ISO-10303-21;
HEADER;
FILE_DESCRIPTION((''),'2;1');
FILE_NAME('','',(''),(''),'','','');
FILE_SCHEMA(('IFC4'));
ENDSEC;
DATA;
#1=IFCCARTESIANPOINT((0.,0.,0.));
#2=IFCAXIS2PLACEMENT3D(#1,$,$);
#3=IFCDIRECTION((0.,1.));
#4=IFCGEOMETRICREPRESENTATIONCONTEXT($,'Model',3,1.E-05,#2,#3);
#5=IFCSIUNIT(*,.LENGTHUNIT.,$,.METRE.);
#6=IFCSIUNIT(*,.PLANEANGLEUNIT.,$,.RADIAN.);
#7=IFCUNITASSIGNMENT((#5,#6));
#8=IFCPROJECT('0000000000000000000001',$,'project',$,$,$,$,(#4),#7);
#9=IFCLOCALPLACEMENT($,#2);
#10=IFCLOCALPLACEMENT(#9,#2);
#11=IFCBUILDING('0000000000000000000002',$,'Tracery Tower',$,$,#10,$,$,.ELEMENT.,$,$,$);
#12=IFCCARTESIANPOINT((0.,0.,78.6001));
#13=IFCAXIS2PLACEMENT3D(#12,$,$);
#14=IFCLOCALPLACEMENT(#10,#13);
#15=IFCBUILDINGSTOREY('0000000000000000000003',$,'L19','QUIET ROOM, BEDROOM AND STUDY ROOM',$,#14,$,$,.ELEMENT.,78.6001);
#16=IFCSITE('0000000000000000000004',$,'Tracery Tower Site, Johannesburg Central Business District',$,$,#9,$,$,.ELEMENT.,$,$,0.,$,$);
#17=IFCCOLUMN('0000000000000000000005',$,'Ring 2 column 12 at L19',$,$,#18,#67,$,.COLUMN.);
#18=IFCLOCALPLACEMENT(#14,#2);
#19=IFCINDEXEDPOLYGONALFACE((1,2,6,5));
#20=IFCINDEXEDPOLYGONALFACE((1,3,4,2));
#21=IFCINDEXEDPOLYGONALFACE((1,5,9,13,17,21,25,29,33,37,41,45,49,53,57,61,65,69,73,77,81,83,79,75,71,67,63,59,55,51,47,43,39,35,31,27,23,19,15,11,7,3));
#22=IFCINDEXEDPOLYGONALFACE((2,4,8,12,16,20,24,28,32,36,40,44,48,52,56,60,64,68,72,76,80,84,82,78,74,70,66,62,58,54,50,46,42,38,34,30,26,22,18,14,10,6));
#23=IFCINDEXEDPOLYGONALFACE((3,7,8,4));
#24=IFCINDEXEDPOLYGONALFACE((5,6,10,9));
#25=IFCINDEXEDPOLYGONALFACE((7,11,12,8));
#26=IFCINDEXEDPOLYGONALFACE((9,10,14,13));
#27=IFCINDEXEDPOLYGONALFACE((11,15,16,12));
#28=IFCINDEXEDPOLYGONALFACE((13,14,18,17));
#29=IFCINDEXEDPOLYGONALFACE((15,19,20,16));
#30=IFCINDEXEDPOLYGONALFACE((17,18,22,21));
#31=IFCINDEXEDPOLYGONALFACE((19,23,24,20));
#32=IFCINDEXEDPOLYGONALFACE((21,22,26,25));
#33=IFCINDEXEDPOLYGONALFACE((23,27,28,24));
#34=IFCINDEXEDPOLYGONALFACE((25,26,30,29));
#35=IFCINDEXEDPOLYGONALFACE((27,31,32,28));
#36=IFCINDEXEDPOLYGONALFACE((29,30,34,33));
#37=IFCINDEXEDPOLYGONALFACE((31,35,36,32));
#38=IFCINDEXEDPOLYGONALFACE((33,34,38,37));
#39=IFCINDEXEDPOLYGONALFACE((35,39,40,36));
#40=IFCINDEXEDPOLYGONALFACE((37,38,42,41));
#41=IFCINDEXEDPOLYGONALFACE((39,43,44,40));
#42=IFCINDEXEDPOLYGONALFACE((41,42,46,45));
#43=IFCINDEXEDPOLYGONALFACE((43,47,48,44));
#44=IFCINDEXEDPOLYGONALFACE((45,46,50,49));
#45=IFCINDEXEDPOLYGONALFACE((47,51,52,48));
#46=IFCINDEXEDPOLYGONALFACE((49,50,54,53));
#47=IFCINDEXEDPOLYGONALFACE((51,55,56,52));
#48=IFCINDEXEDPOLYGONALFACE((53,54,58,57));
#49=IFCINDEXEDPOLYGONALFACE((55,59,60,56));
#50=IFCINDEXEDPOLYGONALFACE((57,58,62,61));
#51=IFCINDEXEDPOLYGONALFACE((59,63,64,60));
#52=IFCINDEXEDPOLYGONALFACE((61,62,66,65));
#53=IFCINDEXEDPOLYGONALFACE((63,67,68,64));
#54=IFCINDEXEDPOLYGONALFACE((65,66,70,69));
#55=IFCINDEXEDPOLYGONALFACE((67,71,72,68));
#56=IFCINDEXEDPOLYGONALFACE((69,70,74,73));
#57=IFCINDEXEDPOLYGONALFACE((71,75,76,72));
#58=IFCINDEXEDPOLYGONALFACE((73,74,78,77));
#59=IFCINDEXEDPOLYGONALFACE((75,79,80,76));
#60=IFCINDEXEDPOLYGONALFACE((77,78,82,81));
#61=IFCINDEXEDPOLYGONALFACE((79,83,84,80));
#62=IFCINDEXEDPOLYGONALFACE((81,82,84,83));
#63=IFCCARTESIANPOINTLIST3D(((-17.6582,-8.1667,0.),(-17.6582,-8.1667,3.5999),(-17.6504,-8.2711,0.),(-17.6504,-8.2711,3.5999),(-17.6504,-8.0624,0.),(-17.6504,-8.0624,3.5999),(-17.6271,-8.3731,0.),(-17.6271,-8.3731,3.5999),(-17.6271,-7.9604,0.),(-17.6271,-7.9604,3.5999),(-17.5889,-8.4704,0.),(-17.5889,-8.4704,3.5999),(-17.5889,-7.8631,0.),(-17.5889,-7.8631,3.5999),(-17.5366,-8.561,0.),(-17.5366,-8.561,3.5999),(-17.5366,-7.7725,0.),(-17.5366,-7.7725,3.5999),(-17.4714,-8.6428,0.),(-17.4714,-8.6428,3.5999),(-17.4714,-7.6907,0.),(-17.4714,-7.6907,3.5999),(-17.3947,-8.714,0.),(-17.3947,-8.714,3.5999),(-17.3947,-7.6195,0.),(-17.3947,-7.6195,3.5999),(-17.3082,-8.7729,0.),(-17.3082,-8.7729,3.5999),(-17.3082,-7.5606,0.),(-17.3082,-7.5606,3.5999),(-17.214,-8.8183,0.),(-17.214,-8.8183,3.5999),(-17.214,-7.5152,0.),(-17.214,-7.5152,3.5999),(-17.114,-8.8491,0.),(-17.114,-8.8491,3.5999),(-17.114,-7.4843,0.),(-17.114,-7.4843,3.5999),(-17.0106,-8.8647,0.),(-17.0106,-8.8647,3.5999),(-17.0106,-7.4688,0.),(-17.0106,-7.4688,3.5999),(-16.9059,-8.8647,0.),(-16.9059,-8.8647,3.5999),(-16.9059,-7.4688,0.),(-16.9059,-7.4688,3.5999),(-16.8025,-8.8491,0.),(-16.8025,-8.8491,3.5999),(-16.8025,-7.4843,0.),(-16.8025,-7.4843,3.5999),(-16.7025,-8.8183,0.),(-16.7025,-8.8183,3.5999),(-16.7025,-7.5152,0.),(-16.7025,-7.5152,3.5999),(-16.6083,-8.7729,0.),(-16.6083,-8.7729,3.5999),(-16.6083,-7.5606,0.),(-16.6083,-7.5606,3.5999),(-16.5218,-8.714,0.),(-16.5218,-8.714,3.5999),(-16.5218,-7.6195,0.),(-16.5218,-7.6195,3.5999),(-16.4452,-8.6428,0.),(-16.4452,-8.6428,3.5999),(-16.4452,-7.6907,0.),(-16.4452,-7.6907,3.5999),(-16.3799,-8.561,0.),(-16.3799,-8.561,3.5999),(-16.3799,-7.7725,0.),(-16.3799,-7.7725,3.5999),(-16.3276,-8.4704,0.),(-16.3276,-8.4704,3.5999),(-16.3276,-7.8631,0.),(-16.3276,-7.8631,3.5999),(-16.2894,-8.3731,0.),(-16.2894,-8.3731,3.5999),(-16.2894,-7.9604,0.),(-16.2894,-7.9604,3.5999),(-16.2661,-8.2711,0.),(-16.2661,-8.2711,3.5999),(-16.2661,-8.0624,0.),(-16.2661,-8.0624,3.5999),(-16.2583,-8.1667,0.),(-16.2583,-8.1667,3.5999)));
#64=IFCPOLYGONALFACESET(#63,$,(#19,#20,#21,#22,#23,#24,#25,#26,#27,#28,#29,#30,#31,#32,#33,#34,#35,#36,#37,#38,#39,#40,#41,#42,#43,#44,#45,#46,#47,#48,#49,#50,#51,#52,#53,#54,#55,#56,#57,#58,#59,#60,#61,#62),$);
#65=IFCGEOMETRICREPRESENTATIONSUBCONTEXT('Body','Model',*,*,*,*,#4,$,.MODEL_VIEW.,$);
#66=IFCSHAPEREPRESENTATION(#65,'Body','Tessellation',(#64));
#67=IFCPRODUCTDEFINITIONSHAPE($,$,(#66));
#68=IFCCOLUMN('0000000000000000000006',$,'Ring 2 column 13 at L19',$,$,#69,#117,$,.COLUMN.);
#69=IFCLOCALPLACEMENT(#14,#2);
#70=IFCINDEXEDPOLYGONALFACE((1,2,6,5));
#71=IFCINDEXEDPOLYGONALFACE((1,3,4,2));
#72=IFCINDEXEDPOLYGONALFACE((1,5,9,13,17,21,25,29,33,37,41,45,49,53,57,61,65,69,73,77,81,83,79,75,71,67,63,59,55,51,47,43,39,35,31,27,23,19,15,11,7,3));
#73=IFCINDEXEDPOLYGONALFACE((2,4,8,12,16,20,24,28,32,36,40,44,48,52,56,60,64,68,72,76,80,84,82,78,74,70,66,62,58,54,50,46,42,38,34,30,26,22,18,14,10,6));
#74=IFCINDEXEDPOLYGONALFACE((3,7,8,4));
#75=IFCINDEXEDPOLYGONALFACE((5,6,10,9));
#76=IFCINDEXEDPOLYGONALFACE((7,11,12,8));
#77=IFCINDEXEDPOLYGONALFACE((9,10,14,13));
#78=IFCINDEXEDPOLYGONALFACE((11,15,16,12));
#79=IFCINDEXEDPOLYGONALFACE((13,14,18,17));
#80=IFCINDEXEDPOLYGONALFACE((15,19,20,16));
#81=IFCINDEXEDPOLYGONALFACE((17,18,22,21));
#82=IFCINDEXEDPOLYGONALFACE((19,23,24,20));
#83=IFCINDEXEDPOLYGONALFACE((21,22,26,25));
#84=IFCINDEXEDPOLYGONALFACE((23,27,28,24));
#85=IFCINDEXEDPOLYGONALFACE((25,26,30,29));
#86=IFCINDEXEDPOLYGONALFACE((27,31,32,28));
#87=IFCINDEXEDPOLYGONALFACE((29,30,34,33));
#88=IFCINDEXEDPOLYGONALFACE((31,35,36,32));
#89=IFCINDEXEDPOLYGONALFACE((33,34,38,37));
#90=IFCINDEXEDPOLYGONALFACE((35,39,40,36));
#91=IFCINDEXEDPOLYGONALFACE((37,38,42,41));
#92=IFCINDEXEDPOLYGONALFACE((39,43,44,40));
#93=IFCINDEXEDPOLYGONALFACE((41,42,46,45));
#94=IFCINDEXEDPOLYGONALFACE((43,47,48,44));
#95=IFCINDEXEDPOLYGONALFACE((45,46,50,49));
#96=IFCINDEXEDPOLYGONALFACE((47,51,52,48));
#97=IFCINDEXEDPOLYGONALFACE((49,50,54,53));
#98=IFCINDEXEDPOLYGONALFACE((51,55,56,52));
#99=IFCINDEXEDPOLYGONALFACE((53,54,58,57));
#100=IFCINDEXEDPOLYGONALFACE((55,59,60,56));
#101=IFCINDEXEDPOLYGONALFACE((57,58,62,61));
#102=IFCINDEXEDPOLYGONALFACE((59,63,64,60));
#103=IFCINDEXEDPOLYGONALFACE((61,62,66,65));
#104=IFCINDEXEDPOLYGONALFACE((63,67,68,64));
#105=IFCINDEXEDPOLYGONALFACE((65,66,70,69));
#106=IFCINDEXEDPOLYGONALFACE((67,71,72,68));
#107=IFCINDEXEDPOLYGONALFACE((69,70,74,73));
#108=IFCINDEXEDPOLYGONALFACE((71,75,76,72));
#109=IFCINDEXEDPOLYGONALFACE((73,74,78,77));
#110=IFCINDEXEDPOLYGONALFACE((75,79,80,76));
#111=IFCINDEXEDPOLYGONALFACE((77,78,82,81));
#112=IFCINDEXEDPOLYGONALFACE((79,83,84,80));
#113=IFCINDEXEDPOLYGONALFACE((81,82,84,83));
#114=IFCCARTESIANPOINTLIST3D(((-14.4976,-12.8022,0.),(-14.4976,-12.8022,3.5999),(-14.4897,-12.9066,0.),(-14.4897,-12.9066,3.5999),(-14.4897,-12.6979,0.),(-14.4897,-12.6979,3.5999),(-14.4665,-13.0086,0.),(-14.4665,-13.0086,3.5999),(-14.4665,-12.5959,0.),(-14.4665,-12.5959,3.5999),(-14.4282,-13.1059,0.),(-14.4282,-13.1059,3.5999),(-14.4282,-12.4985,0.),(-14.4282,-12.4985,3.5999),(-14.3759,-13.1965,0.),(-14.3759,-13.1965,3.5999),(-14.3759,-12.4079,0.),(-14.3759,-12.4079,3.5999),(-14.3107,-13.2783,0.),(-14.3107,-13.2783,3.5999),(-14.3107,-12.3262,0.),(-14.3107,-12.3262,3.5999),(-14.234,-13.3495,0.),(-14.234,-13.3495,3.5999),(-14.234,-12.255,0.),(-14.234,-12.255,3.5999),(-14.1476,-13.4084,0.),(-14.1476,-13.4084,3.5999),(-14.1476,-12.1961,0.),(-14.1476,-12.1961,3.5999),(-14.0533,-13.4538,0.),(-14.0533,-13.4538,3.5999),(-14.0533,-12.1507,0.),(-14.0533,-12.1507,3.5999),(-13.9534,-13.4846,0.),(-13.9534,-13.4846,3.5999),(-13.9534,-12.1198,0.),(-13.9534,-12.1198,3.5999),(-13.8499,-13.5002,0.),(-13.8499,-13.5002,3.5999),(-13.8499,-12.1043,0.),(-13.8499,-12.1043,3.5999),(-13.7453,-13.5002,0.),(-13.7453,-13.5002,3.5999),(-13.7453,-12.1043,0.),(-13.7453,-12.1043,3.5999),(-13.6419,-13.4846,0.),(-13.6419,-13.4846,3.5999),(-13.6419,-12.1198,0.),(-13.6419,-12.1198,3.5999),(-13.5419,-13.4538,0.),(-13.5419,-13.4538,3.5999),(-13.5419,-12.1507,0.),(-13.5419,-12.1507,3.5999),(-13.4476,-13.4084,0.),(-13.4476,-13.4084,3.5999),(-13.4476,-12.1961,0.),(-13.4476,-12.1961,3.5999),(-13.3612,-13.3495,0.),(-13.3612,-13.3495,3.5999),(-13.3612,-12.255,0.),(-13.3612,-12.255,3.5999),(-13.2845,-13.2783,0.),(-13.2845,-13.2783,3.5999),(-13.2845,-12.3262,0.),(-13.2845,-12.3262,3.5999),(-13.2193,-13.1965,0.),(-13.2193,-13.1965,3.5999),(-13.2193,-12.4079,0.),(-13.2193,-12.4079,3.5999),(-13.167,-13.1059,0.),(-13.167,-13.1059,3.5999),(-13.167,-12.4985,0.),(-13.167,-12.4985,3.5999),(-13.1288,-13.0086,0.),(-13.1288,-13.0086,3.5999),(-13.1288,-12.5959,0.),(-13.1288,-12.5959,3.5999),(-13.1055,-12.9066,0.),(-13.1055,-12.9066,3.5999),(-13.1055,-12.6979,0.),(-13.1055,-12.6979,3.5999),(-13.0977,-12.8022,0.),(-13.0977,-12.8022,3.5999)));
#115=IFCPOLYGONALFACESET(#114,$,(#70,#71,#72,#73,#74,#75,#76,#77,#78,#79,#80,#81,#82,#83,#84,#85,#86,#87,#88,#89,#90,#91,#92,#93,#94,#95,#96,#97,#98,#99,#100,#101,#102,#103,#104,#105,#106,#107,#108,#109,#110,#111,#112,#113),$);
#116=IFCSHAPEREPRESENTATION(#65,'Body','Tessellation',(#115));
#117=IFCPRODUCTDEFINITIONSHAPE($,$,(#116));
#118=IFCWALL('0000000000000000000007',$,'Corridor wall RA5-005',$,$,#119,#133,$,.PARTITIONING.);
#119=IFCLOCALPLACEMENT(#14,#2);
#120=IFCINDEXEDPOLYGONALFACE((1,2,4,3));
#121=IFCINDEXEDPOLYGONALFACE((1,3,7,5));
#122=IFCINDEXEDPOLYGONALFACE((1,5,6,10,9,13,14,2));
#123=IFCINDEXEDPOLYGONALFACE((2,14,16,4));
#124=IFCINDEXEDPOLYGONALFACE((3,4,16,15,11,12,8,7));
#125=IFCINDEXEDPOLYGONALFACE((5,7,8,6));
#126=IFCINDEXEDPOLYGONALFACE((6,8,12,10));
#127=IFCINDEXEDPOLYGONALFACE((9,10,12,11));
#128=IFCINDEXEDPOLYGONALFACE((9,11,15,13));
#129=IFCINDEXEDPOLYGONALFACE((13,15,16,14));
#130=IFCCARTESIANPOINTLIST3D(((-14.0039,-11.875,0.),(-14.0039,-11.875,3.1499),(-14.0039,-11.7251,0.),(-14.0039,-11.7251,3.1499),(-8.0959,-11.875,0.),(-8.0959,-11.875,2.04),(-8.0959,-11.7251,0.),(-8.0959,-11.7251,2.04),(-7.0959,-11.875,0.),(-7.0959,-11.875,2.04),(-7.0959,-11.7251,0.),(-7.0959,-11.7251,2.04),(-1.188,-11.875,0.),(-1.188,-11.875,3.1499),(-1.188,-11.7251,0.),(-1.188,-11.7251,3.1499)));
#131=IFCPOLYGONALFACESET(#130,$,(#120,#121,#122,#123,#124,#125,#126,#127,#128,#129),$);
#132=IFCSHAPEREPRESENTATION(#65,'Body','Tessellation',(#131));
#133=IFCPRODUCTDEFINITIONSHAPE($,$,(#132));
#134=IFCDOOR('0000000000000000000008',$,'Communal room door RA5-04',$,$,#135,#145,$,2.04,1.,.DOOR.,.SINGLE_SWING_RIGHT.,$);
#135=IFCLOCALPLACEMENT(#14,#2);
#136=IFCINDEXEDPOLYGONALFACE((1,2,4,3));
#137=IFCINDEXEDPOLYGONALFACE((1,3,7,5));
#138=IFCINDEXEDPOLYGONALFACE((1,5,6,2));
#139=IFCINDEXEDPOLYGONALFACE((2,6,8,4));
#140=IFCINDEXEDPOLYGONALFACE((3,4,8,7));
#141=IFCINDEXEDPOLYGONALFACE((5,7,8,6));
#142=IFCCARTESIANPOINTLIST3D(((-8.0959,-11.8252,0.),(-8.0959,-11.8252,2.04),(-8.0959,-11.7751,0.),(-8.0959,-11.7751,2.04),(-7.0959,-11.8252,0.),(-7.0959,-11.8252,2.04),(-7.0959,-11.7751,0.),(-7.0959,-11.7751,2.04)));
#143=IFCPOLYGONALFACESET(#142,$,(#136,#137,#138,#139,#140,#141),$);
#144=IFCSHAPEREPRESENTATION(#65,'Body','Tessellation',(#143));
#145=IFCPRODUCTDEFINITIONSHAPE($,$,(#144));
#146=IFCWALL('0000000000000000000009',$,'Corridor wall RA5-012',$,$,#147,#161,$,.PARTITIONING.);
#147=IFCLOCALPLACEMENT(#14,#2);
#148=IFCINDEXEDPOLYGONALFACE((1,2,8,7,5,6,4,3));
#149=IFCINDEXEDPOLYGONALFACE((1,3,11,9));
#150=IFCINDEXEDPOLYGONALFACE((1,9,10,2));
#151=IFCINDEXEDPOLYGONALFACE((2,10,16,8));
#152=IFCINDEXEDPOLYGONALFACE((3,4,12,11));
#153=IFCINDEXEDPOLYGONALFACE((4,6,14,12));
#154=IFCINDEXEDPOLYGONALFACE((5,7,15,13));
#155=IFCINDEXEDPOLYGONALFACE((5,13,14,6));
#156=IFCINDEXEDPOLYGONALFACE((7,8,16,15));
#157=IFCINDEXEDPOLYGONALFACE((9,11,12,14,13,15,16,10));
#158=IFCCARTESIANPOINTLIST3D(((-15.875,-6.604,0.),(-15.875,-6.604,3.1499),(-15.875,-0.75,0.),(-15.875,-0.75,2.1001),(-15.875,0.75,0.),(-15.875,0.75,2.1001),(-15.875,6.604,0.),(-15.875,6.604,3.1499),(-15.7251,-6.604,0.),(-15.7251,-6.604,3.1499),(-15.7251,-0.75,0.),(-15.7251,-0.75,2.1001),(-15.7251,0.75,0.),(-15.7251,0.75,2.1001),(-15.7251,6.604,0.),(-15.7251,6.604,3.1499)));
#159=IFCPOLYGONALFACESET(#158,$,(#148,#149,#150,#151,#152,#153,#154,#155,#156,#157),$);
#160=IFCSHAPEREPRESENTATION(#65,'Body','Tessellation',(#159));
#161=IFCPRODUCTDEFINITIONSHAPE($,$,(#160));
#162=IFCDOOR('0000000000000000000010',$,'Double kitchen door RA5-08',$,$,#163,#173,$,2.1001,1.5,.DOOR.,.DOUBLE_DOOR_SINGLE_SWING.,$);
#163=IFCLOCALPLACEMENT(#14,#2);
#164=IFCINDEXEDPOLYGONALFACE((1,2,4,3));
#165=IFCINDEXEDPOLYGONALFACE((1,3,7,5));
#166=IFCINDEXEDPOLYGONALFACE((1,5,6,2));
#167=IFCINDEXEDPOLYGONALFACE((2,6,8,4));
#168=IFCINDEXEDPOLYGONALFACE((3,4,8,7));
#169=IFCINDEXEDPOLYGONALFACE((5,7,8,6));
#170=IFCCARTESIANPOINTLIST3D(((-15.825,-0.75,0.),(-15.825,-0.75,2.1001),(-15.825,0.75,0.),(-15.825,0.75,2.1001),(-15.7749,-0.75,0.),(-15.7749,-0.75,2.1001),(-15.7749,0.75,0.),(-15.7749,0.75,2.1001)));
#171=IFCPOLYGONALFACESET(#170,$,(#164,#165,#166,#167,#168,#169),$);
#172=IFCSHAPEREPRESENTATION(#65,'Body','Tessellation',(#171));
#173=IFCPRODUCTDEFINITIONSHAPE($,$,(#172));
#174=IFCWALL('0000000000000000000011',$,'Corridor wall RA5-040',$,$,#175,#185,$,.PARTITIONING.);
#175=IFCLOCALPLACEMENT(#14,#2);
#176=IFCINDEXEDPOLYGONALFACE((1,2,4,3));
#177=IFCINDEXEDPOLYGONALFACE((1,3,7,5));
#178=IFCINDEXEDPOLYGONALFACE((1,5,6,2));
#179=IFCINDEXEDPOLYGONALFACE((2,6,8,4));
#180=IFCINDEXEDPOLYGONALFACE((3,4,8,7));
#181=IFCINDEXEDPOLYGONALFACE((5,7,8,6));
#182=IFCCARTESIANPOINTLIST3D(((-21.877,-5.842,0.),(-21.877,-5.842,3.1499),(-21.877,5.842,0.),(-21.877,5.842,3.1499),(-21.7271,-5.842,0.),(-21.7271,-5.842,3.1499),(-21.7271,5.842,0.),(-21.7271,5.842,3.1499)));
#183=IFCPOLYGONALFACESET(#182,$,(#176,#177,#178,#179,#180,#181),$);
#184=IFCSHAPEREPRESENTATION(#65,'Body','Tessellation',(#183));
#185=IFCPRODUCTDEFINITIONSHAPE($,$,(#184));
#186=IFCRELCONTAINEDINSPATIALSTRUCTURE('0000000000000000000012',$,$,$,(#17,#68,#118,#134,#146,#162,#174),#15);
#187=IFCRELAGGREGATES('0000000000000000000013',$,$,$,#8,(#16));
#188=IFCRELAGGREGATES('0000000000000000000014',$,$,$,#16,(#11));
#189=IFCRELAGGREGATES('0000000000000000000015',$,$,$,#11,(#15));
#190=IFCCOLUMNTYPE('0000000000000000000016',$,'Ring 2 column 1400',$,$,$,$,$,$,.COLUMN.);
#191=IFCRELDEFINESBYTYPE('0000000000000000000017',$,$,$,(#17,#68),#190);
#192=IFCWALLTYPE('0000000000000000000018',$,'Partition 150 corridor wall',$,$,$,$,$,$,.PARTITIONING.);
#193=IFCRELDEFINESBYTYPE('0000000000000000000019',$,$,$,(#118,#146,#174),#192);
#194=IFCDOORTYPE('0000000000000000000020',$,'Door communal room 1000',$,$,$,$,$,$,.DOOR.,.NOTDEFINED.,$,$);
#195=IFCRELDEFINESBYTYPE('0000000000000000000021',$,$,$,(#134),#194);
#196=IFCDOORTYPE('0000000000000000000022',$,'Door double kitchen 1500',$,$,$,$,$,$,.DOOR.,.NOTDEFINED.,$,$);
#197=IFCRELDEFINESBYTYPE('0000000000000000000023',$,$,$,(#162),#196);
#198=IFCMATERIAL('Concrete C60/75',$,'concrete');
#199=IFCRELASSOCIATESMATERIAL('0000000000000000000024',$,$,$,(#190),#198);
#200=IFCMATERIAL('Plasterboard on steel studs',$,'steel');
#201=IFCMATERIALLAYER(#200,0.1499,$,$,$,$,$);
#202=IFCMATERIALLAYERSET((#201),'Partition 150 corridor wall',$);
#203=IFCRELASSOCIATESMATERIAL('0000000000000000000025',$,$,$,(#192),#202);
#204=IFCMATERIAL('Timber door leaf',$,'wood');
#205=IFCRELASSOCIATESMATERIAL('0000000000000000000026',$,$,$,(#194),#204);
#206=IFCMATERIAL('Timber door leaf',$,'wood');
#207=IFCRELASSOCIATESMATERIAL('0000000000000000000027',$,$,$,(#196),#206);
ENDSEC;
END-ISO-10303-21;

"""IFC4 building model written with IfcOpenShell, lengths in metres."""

from ifc_helpers import new_model, si_unit, direction, frame, frame_2d, origin, origin_2d, place, context, subcontext, project, spatial, rectangle, circle, extrude, material, layer, layer_set, material_profile, profile_set, type_object, element, fill, save


model = new_model("IFC4")

# Units and contexts
model_context = context("Model", 3, precision=1e-05, world=origin(), true_north=direction((0.0, 1.0)))
body_context = subcontext(model_context, "Body", "Model", "MODEL_VIEW")
ifc_project = project(units=[si_unit("LENGTHUNIT", "METRE"), si_unit("PLANEANGLEUNIT", "RADIAN")], contexts=[model_context])

# Site, building, storey
site_placement = place(None, origin())
site = spatial("IfcSite", under=ifc_project, at=site_placement, Name="Tracery Tower Site, Johannesburg Central Business District", CompositionType="ELEMENT", RefElevation=0.0)
building_placement = place(site_placement, origin())
building = spatial("IfcBuilding", under=site, at=building_placement, Name="Tracery Tower", CompositionType="ELEMENT")
storey_placement = place(building_placement, frame((0.0, 0.0, 78.6001)))
storey = spatial("IfcBuildingStorey", under=building, at=storey_placement, Name="L19", Description="QUIET ROOM, BEDROOM AND STUDY ROOM", CompositionType="ELEMENT", Elevation=78.6001)

# Columns
ifc_material_1 = material(Name="Concrete C60/75", Category="concrete")
ifc_material_profile_1 = material_profile(ifc_material_1, circle(Radius=0.7, at=origin_2d()), Name="RC D1400")
ifc_profile_set_1 = profile_set([ifc_material_profile_1], Name="Concrete C60/75")
column_type_1 = type_object("IfcColumnType", Name="Ring 2 column 1400", PredefinedType="COLUMN", material=ifc_profile_set_1)
for number, where, z_axis, x_axis, name in (
    (1, (-16.9583, -8.1667, 0.0), (0.0, 0.0, 1.0), (1.0, 0.0, 0.0), "Ring 2 column 12 at L19"),
    (2, (-13.7976, -12.8022, 0.0), (0.0, 0.0, 1.0), (1.0, 0.0, 0.0), "Ring 2 column 13 at L19"),
):
    element("IfcColumn", number, at=place(storey_placement, frame(where, z_axis=z_axis, x_axis=x_axis)), inside=storey, type_object=column_type_1, Name=name, PredefinedType="COLUMN", context=body_context, shape_type="SweptSolid", body=[
        extrude(circle(Radius=0.7, at=origin_2d()), origin(), (0.0, 0.0, 1.0), 3.5999),
    ])

# Walls, openings, doors
ifc_material_2 = material(Name="Plasterboard on steel studs", Category="steel")
ifc_layer_1 = layer(ifc_material_2, 0.1499)
ifc_layer_set_1 = layer_set([ifc_layer_1], Name="Partition 150 corridor wall")
wall_type_1 = type_object("IfcWallType", Name="Partition 150 corridor wall", PredefinedType="PARTITIONING", material=ifc_layer_set_1)
wall_1_placement = place(storey_placement, frame((-14.0039, -11.8, 0.0), z_axis=(0.0, 0.0, 1.0), x_axis=(1.0, 0.0, 0.0)))
wall_1 = element("IfcWall", 3, at=wall_1_placement, inside=storey, type_object=wall_type_1, Name="Corridor wall RA5-005", PredefinedType="PARTITIONING", context=body_context, shape_type="SweptSolid", body=[
    extrude(rectangle(XDim=12.8159, YDim=0.1499, at=frame_2d((6.408, 0.0))), origin(), (0.0, 0.0, 1.0), 3.1499),
])
opening_1_placement = place(wall_1_placement, frame((5.908, 0.0, 0.0)))
opening_1 = element("IfcOpeningElement", 4, at=opening_1_placement, cuts=wall_1, PredefinedType="OPENING", context=body_context, shape_type="SweptSolid", body=[
    extrude(rectangle(XDim=1.0, YDim=2.04, at=frame_2d((0.5, 1.02))), frame((0.0, 0.075, 0.0), z_axis=(0.0, -1.0, 0.0), x_axis=(1.0, 0.0, 0.0)), (0.0, 0.0, 1.0), 0.1499),
])
ifc_material_3 = material(Name="Timber door leaf", Category="wood")
door_type_1 = type_object("IfcDoorType", Name="Door communal room 1000", OperationType="NOTDEFINED", PredefinedType="DOOR", material=ifc_material_3)
door_1_placement = place(opening_1_placement, origin())
door_1 = element("IfcDoor", 5, at=door_1_placement, inside=storey, type_object=door_type_1, Name="Communal room door RA5-04", OperationType="SINGLE_SWING_RIGHT", OverallHeight=2.04, OverallWidth=1.0, PredefinedType="DOOR", context=body_context, shape_type="SweptSolid", body=[
    extrude(rectangle(XDim=1.0, YDim=2.04, at=frame_2d((0.5, 1.02))), frame((0.0, 0.0249, 0.0), z_axis=(0.0, -1.0, 0.0), x_axis=(1.0, 0.0, 0.0)), (0.0, 0.0, 1.0), 0.05),
])
fill(opening_1, door_1)
wall_2_placement = place(storey_placement, frame((-15.8, -6.604, 0.0), z_axis=(0.0, 0.0, 1.0), x_axis=(0.0, 1.0, 0.0)))
wall_2 = element("IfcWall", 6, at=wall_2_placement, inside=storey, type_object=wall_type_1, Name="Corridor wall RA5-012", PredefinedType="PARTITIONING", context=body_context, shape_type="SweptSolid", body=[
    extrude(rectangle(XDim=13.208, YDim=0.1499, at=frame_2d((6.604, 0.0))), origin(), (0.0, 0.0, 1.0), 3.1499),
])
opening_2_placement = place(wall_2_placement, frame((5.854, 0.0, 0.0)))
opening_2 = element("IfcOpeningElement", 7, at=opening_2_placement, cuts=wall_2, PredefinedType="OPENING", context=body_context, shape_type="SweptSolid", body=[
    extrude(rectangle(XDim=1.5, YDim=2.1001, at=frame_2d((0.75, 1.05))), frame((0.0, 0.075, 0.0), z_axis=(0.0, -1.0, 0.0), x_axis=(1.0, 0.0, 0.0)), (0.0, 0.0, 1.0), 0.1499),
])
ifc_material_4 = material(Name="Timber door leaf", Category="wood")
door_type_2 = type_object("IfcDoorType", Name="Door double kitchen 1500", OperationType="NOTDEFINED", PredefinedType="DOOR", material=ifc_material_4)
door_2_placement = place(opening_2_placement, origin())
door_2 = element("IfcDoor", 8, at=door_2_placement, inside=storey, type_object=door_type_2, Name="Double kitchen door RA5-08", OperationType="DOUBLE_DOOR_SINGLE_SWING", OverallHeight=2.1001, OverallWidth=1.5, PredefinedType="DOOR", context=body_context, shape_type="SweptSolid", body=[
    extrude(rectangle(XDim=1.5, YDim=2.1001, at=frame_2d((0.75, 1.05))), frame((0.0, 0.0249, 0.0), z_axis=(0.0, -1.0, 0.0), x_axis=(1.0, 0.0, 0.0)), (0.0, 0.0, 1.0), 0.05),
])
fill(opening_2, door_2)

# Wall
wall_3_placement = place(storey_placement, frame((-21.802, -5.842, 0.0), z_axis=(0.0, 0.0, 1.0), x_axis=(0.0, 1.0, 0.0)))
element("IfcWall", 9, at=wall_3_placement, inside=storey, type_object=wall_type_1, Name="Corridor wall RA5-040", PredefinedType="PARTITIONING", context=body_context, shape_type="SweptSolid", body=[
    extrude(rectangle(XDim=11.6841, YDim=0.1499, at=frame_2d((5.842, 0.0))), origin(), (0.0, 0.0, 1.0), 3.1499),
])

save(model, "model.ifc")
